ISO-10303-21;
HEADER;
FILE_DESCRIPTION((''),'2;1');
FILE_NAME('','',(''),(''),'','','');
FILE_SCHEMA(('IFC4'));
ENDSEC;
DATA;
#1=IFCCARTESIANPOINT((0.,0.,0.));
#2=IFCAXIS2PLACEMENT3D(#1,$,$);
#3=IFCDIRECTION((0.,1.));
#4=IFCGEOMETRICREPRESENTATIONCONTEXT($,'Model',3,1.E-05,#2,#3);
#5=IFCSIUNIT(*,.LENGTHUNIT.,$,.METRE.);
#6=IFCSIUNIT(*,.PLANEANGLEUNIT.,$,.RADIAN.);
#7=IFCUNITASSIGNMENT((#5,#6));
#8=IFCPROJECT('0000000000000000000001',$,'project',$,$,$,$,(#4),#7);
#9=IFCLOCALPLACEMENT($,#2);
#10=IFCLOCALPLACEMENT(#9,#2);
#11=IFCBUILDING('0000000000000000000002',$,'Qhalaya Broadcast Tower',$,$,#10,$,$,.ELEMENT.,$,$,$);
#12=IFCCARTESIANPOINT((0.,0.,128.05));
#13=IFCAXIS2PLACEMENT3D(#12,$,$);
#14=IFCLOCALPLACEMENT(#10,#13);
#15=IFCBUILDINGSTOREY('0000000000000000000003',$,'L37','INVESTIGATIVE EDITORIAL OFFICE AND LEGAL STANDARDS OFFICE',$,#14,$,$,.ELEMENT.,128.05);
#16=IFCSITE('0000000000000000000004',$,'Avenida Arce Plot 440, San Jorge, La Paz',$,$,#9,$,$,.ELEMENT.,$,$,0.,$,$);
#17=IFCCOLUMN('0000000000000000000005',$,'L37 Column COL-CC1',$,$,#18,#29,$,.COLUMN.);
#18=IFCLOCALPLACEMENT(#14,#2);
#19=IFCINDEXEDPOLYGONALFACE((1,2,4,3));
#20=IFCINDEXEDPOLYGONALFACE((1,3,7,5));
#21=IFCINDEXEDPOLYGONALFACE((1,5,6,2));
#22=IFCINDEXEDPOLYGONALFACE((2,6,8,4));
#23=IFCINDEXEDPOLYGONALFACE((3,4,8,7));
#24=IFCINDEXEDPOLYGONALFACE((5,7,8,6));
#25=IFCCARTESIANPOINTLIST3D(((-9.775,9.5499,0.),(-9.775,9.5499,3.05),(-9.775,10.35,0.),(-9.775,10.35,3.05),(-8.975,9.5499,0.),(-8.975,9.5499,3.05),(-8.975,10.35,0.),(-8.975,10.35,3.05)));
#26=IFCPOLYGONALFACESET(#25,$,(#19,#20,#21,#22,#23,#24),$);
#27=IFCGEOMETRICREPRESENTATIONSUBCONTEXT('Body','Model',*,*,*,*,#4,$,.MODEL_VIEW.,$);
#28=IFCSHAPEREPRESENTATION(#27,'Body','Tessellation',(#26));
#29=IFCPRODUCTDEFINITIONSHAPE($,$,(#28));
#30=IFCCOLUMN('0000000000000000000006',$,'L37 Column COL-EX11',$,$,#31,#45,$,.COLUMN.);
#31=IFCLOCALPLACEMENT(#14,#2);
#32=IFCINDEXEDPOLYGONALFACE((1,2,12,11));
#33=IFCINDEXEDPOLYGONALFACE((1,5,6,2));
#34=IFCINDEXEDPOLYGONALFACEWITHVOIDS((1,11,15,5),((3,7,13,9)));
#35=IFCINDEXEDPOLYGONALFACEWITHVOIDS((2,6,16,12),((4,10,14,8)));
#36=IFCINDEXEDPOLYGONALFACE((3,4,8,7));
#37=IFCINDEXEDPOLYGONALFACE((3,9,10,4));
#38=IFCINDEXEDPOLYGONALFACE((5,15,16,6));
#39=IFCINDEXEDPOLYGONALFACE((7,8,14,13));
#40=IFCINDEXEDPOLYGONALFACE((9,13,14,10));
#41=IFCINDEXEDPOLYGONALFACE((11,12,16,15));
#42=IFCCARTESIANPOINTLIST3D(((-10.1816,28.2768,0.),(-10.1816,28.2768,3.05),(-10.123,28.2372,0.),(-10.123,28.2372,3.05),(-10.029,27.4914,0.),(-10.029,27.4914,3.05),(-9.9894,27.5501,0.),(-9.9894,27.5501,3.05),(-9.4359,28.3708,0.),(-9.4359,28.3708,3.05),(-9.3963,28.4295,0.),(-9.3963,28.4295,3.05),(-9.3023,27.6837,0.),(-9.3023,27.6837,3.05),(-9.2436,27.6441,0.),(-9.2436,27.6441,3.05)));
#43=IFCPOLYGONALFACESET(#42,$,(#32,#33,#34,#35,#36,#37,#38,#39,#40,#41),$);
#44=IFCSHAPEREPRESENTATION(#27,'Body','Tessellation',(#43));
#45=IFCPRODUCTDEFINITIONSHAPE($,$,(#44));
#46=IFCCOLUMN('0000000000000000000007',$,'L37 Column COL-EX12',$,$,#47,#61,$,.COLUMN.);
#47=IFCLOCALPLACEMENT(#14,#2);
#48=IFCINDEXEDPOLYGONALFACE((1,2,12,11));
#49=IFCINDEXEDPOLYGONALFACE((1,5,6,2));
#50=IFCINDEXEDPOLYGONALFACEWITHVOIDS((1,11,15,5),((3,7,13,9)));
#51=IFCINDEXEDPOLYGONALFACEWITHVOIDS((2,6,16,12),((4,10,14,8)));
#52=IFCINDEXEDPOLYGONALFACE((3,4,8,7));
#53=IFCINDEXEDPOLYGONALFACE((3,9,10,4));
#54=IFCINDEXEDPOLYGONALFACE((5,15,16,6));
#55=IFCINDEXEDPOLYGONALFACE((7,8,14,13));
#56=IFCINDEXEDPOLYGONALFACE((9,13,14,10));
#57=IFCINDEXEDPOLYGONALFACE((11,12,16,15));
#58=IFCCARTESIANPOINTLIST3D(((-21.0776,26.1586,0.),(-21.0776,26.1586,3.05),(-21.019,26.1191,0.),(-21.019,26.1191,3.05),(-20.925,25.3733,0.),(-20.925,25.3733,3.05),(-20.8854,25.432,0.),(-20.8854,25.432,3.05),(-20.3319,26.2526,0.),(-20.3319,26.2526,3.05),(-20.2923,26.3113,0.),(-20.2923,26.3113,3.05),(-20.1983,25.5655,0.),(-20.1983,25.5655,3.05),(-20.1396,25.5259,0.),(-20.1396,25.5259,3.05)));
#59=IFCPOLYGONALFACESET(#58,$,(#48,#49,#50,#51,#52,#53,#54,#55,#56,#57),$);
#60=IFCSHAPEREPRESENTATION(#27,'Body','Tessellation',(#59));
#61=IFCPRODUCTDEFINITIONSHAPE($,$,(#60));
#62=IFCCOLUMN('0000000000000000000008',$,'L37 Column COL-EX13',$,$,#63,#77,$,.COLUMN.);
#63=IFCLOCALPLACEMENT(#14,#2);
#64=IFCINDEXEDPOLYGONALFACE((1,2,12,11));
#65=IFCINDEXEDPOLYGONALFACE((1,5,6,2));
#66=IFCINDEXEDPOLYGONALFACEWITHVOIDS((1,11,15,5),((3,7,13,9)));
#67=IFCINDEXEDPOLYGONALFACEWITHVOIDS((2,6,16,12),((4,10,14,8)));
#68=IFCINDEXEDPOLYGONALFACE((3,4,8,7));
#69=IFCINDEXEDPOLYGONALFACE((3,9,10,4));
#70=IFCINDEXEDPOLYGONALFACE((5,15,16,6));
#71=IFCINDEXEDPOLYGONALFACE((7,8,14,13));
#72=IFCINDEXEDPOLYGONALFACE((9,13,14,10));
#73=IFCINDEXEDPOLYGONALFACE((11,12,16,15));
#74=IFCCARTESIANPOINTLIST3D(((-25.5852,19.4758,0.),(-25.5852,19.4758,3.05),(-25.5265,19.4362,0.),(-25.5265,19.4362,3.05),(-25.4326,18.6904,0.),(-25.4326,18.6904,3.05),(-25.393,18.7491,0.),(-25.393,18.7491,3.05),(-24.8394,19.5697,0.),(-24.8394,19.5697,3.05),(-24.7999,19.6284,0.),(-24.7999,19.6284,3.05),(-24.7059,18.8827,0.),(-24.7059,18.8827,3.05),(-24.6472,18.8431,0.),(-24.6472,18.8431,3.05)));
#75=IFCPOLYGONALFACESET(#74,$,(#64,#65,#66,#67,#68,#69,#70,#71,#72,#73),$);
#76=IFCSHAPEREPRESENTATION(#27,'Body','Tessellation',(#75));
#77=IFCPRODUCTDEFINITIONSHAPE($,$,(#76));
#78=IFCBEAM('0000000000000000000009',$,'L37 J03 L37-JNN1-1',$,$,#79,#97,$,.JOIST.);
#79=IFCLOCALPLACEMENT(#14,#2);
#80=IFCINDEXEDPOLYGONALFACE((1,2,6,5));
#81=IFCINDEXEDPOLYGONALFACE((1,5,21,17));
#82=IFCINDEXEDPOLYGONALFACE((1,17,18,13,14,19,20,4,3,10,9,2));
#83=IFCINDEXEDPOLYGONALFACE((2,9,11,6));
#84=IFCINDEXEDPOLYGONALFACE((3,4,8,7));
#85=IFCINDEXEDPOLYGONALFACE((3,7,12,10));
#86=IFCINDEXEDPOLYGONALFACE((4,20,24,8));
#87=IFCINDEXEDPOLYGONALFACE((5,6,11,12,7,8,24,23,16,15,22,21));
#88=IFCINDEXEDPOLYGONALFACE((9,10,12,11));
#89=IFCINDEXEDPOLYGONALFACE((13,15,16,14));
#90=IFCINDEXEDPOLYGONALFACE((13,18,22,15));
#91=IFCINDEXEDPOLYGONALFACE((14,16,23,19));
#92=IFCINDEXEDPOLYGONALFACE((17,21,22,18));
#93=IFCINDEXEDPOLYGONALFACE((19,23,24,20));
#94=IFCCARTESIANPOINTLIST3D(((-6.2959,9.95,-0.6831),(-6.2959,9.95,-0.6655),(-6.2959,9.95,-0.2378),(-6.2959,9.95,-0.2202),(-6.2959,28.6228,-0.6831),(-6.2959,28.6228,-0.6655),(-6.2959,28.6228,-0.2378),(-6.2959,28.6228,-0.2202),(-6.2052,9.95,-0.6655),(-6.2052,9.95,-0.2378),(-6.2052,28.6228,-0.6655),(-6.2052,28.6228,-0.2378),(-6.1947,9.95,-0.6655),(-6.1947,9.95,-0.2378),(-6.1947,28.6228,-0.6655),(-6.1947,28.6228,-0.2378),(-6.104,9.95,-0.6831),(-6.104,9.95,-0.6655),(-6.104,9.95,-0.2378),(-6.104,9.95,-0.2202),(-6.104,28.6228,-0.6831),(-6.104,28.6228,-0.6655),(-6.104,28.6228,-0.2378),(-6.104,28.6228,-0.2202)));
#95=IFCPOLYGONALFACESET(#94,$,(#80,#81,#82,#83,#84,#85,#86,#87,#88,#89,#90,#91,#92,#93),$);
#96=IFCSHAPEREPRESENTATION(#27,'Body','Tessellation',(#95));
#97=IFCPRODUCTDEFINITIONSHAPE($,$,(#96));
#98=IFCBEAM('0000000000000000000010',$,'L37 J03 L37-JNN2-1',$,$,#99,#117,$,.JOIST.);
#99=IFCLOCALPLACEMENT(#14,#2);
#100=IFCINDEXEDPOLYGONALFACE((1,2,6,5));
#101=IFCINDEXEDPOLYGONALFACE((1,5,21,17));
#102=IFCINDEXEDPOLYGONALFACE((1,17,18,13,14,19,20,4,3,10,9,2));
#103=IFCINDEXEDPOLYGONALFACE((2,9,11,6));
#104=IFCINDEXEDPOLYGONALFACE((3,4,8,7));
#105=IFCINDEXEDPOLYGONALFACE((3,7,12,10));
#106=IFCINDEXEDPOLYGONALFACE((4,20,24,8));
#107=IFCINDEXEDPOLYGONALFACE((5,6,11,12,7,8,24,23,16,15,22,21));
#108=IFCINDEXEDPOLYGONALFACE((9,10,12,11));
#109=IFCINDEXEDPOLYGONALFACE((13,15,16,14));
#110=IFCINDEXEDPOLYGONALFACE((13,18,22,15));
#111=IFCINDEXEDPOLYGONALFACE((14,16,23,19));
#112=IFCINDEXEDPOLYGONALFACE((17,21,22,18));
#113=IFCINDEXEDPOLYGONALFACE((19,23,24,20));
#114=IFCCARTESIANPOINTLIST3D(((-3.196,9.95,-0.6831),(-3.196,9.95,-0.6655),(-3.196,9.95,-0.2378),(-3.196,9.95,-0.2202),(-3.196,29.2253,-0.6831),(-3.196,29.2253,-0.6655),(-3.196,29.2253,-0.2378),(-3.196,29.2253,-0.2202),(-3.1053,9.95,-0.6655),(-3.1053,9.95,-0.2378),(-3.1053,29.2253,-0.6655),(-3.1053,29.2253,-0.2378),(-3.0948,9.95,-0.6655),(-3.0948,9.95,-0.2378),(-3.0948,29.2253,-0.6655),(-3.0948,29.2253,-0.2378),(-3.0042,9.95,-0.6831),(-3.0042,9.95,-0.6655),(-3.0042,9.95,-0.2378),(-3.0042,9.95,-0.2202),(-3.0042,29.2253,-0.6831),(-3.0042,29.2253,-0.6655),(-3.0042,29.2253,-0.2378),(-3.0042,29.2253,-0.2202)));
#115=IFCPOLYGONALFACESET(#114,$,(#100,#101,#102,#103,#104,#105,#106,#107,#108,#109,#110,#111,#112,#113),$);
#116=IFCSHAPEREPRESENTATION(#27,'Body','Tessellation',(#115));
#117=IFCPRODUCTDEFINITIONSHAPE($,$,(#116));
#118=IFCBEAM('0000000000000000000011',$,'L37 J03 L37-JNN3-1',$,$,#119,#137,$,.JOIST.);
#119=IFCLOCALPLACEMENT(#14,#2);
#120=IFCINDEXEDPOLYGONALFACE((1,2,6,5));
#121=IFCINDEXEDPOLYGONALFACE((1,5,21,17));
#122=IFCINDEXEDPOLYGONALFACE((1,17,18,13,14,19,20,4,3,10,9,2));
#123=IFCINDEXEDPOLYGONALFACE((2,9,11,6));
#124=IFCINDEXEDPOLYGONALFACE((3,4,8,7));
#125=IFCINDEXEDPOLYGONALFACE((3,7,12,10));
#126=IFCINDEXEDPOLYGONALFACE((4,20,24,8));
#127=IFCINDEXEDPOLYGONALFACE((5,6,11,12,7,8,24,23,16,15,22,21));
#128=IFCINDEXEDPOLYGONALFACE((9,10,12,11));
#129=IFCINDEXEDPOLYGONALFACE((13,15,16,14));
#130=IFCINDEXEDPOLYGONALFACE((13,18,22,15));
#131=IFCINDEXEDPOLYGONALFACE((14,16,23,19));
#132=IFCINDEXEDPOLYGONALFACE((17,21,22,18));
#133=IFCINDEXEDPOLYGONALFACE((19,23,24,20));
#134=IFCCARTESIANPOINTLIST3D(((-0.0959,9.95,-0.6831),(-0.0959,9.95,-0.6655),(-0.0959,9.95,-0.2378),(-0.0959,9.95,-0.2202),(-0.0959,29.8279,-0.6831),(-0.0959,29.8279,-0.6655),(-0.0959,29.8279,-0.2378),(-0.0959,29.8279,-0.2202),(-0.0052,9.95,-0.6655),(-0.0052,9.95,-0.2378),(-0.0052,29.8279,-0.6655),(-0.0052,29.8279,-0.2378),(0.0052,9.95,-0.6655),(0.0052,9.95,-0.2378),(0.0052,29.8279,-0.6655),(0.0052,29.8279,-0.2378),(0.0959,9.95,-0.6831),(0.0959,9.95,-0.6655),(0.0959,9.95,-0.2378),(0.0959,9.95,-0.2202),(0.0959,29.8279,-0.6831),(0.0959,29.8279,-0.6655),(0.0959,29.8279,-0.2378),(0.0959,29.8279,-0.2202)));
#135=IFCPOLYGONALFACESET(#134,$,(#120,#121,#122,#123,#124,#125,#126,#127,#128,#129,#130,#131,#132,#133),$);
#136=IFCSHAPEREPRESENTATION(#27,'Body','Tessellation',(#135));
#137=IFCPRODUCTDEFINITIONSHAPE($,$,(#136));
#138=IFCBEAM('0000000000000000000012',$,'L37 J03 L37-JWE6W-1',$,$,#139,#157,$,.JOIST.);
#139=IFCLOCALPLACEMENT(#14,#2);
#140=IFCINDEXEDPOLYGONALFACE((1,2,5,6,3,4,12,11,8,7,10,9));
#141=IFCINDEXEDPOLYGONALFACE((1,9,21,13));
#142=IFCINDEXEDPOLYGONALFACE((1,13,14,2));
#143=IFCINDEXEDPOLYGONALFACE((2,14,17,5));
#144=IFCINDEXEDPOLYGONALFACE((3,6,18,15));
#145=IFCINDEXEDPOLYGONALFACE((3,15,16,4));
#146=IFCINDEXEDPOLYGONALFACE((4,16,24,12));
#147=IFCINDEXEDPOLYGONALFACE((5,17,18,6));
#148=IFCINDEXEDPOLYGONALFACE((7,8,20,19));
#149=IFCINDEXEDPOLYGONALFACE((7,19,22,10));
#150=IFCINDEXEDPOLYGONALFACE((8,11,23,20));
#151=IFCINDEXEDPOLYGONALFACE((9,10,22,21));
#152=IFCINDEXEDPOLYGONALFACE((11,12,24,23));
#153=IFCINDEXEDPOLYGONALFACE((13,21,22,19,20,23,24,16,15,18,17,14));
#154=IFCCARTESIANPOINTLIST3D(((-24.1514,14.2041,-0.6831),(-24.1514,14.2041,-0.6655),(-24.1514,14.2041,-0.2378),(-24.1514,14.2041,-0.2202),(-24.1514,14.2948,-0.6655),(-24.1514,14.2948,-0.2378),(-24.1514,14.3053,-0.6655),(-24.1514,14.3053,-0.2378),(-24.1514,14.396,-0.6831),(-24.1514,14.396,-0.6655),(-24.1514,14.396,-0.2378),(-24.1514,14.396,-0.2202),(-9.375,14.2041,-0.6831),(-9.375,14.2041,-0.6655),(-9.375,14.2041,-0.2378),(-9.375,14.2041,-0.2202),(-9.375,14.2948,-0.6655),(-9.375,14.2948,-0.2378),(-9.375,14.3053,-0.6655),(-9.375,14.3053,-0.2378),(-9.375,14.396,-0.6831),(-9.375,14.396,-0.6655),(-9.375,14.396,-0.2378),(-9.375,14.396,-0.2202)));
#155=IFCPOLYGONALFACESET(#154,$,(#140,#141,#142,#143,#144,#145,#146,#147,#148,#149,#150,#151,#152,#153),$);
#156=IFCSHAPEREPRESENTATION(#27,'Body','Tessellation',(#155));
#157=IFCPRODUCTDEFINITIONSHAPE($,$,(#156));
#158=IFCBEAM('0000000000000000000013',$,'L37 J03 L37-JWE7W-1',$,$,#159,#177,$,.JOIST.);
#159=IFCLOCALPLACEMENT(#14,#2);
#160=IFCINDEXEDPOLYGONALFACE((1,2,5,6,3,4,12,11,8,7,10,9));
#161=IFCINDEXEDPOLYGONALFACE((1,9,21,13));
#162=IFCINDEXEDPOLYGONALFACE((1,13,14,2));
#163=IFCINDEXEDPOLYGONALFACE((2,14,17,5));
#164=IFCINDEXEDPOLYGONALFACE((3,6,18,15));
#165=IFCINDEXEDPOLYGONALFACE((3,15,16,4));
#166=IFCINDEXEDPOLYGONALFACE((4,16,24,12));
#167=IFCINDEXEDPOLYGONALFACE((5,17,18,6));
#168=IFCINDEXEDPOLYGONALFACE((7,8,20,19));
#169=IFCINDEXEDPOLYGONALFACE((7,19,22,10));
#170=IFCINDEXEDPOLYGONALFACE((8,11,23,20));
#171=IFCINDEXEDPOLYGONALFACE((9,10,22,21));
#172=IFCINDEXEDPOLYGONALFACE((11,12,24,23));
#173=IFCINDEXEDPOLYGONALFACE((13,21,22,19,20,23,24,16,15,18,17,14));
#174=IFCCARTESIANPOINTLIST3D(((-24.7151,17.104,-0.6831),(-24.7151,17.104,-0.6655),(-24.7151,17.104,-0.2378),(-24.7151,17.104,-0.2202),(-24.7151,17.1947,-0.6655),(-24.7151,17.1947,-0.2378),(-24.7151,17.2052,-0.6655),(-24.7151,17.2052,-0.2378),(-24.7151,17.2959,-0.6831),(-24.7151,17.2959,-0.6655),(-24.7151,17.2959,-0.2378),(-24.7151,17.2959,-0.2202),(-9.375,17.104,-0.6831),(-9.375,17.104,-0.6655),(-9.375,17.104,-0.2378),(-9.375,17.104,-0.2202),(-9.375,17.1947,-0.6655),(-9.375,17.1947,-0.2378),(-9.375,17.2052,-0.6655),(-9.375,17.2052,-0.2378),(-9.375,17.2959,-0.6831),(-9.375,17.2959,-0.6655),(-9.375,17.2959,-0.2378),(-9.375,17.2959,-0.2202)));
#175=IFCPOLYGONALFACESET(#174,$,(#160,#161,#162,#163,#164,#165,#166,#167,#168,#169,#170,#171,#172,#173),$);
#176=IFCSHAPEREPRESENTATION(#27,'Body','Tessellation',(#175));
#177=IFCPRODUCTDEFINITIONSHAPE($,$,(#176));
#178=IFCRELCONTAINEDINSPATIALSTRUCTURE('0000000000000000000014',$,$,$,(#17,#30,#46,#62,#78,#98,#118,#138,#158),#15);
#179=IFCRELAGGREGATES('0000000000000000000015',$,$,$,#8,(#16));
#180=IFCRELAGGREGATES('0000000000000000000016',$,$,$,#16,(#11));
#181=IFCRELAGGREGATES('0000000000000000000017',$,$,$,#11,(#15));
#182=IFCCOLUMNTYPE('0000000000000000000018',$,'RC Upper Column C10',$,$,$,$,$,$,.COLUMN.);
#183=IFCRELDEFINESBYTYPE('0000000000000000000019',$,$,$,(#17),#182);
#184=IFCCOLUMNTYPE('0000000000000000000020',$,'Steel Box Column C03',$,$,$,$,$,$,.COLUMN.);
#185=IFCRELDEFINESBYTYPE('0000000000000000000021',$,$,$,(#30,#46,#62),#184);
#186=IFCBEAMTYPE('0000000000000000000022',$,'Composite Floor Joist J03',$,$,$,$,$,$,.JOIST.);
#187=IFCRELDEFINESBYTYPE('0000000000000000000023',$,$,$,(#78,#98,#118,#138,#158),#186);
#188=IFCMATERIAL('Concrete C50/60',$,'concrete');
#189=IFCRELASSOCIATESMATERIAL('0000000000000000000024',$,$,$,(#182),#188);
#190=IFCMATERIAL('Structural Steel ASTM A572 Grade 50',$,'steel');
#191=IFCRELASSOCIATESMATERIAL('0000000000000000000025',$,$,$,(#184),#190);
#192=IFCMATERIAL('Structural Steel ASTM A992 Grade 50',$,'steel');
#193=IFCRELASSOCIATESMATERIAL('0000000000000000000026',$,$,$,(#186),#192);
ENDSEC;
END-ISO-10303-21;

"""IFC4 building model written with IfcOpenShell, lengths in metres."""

from ifc_helpers import new_model, si_unit, direction, frame, origin, origin_2d, place, context, subcontext, project, spatial, rectangle, hollow_rectangle, i_section, extrude, material, material_profile, profile_set, type_object, element, save


model = new_model("IFC4")

# Units and contexts
model_context = context("Model", 3, precision=1e-05, world=origin(), true_north=direction((0.0, 1.0)))
body_context = subcontext(model_context, "Body", "Model", "MODEL_VIEW")
ifc_project = project(units=[si_unit("LENGTHUNIT", "METRE"), si_unit("PLANEANGLEUNIT", "RADIAN")], contexts=[model_context])

# Site, building, storey
site_placement = place(None, origin())
site = spatial("IfcSite", under=ifc_project, at=site_placement, Name="Avenida Arce Plot 440, San Jorge, La Paz", CompositionType="ELEMENT", RefElevation=0.0)
building_placement = place(site_placement, origin())
building = spatial("IfcBuilding", under=site, at=building_placement, Name="Qhalaya Broadcast Tower", CompositionType="ELEMENT")
storey_placement = place(building_placement, frame((0.0, 0.0, 128.05)))
storey = spatial("IfcBuildingStorey", under=building, at=storey_placement, Name="L37", Description="INVESTIGATIVE EDITORIAL OFFICE AND LEGAL STANDARDS OFFICE", CompositionType="ELEMENT", Elevation=128.05)

# Columns
ifc_material_1 = material(Name="Concrete C50/60", Category="concrete")
ifc_material_profile_1 = material_profile(ifc_material_1, rectangle(XDim=0.8, YDim=0.8, at=origin_2d()), Name="RC-COL 800x800")
ifc_profile_set_1 = profile_set([ifc_material_profile_1], Name="Concrete C50/60")
column_type_1 = type_object("IfcColumnType", Name="RC Upper Column C10", PredefinedType="COLUMN", material=ifc_profile_set_1)
column_placement = place(storey_placement, frame((-9.375, 9.95, 0.0), z_axis=(0.0, 0.0, 1.0), x_axis=(1.0, 0.0, 0.0)))
element("IfcColumn", 1, at=column_placement, inside=storey, type_object=column_type_1, Name="L37 Column COL-CC1", PredefinedType="COLUMN", context=body_context, shape_type="SweptSolid", body=[
    extrude(rectangle(XDim=0.8, YDim=0.8, at=origin_2d()), origin(), (0.0, 0.0, 1.0), 3.05),
])
ifc_material_2 = material(Name="Structural Steel ASTM A572 Grade 50", Category="steel")
ifc_material_profile_2 = material_profile(ifc_material_2, hollow_rectangle(XDim=0.8, YDim=0.8, WallThickness=0.05, at=origin_2d()), Name="BOX 800x800x50")
ifc_profile_set_2 = profile_set([ifc_material_profile_2], Name="Structural Steel ASTM A572 Grade 50")
column_type_2 = type_object("IfcColumnType", Name="Steel Box Column C03", PredefinedType="COLUMN", material=ifc_profile_set_2)
for number, where, z_axis, x_axis, name in (
    (2, (-9.7126, 27.9604, 0.0), (0.0, 0.0, 1.0), (0.981627, 0.190809, 0.0), "L37 Column COL-EX11"),
    (3, (-20.6086, 25.8423, 0.0), (0.0, 0.0, 1.0), (0.981627, 0.190809, 0.0), "L37 Column COL-EX12"),
    (4, (-25.1162, 19.1594, 0.0), (0.0, 0.0, 1.0), (-0.190809, 0.981627, 0.0), "L37 Column COL-EX13"),
):
    element("IfcColumn", number, at=place(storey_placement, frame(where, z_axis=z_axis, x_axis=x_axis)), inside=storey, type_object=column_type_2, Name=name, PredefinedType="COLUMN", context=body_context, shape_type="SweptSolid", body=[
        extrude(hollow_rectangle(XDim=0.8, YDim=0.8, WallThickness=0.05, at=origin_2d()), origin(), (0.0, 0.0, 1.0), 3.05),
    ])

# Beams
ifc_material_3 = material(Name="Structural Steel ASTM A992 Grade 50", Category="steel")
ifc_material_profile_3 = material_profile(ifc_material_3, i_section(OverallWidth=0.1919, OverallDepth=0.4629, WebThickness=0.0105, FlangeThickness=0.0176, at=origin_2d()), Name="W18X60")
ifc_profile_set_3 = profile_set([ifc_material_profile_3], Name="Structural Steel ASTM A992 Grade 50")
beam_type_1 = type_object("IfcBeamType", Name="Composite Floor Joist J03", PredefinedType="JOIST", material=ifc_profile_set_3)
beam_1_placement = place(storey_placement, frame((-6.2, 9.95, -0.4517), z_axis=(0.0, 1.0, 0.0), x_axis=(-1.0, 0.0, 0.0)))
element("IfcBeam", 5, at=beam_1_placement, inside=storey, type_object=beam_type_1, Name="L37 J03 L37-JNN1-1", PredefinedType="JOIST", context=body_context, shape_type="SweptSolid", body=[
    extrude(i_section(OverallWidth=0.1919, OverallDepth=0.4629, WebThickness=0.0105, FlangeThickness=0.0176, at=origin_2d()), origin(), (0.0, 0.0, 1.0), 18.6729),
])
beam_2_placement = place(storey_placement, frame((-3.1001, 9.95, -0.4517), z_axis=(0.0, 1.0, 0.0), x_axis=(-1.0, 0.0, 0.0)))
element("IfcBeam", 6, at=beam_2_placement, inside=storey, type_object=beam_type_1, Name="L37 J03 L37-JNN2-1", PredefinedType="JOIST", context=body_context, shape_type="SweptSolid", body=[
    extrude(i_section(OverallWidth=0.1919, OverallDepth=0.4629, WebThickness=0.0105, FlangeThickness=0.0176, at=origin_2d()), origin(), (0.0, 0.0, 1.0), 19.2754),
])
beam_3_placement = place(storey_placement, frame((0.0, 9.95, -0.4517), z_axis=(0.0, 1.0, 0.0), x_axis=(-1.0, 0.0, 0.0)))
element("IfcBeam", 7, at=beam_3_placement, inside=storey, type_object=beam_type_1, Name="L37 J03 L37-JNN3-1", PredefinedType="JOIST", context=body_context, shape_type="SweptSolid", body=[
    extrude(i_section(OverallWidth=0.1919, OverallDepth=0.4629, WebThickness=0.0105, FlangeThickness=0.0176, at=origin_2d()), origin(), (0.0, 0.0, 1.0), 19.8779),
])
beam_4_placement = place(storey_placement, frame((-24.1514, 14.3, -0.4517), z_axis=(1.0, 0.0, 0.0), x_axis=(0.0, 1.0, 0.0)))
element("IfcBeam", 8, at=beam_4_placement, inside=storey, type_object=beam_type_1, Name="L37 J03 L37-JWE6W-1", PredefinedType="JOIST", context=body_context, shape_type="SweptSolid", body=[
    extrude(i_section(OverallWidth=0.1919, OverallDepth=0.4629, WebThickness=0.0105, FlangeThickness=0.0176, at=origin_2d()), origin(), (0.0, 0.0, 1.0), 14.7764),
])
beam_5_placement = place(storey_placement, frame((-24.7151, 17.2, -0.4517), z_axis=(1.0, 0.0, 0.0), x_axis=(0.0, 1.0, 0.0)))
element("IfcBeam", 9, at=beam_5_placement, inside=storey, type_object=beam_type_1, Name="L37 J03 L37-JWE7W-1", PredefinedType="JOIST", context=body_context, shape_type="SweptSolid", body=[
    extrude(i_section(OverallWidth=0.1919, OverallDepth=0.4629, WebThickness=0.0105, FlangeThickness=0.0176, at=origin_2d()), origin(), (0.0, 0.0, 1.0), 15.3401),
])

save(model, "model.ifc")
